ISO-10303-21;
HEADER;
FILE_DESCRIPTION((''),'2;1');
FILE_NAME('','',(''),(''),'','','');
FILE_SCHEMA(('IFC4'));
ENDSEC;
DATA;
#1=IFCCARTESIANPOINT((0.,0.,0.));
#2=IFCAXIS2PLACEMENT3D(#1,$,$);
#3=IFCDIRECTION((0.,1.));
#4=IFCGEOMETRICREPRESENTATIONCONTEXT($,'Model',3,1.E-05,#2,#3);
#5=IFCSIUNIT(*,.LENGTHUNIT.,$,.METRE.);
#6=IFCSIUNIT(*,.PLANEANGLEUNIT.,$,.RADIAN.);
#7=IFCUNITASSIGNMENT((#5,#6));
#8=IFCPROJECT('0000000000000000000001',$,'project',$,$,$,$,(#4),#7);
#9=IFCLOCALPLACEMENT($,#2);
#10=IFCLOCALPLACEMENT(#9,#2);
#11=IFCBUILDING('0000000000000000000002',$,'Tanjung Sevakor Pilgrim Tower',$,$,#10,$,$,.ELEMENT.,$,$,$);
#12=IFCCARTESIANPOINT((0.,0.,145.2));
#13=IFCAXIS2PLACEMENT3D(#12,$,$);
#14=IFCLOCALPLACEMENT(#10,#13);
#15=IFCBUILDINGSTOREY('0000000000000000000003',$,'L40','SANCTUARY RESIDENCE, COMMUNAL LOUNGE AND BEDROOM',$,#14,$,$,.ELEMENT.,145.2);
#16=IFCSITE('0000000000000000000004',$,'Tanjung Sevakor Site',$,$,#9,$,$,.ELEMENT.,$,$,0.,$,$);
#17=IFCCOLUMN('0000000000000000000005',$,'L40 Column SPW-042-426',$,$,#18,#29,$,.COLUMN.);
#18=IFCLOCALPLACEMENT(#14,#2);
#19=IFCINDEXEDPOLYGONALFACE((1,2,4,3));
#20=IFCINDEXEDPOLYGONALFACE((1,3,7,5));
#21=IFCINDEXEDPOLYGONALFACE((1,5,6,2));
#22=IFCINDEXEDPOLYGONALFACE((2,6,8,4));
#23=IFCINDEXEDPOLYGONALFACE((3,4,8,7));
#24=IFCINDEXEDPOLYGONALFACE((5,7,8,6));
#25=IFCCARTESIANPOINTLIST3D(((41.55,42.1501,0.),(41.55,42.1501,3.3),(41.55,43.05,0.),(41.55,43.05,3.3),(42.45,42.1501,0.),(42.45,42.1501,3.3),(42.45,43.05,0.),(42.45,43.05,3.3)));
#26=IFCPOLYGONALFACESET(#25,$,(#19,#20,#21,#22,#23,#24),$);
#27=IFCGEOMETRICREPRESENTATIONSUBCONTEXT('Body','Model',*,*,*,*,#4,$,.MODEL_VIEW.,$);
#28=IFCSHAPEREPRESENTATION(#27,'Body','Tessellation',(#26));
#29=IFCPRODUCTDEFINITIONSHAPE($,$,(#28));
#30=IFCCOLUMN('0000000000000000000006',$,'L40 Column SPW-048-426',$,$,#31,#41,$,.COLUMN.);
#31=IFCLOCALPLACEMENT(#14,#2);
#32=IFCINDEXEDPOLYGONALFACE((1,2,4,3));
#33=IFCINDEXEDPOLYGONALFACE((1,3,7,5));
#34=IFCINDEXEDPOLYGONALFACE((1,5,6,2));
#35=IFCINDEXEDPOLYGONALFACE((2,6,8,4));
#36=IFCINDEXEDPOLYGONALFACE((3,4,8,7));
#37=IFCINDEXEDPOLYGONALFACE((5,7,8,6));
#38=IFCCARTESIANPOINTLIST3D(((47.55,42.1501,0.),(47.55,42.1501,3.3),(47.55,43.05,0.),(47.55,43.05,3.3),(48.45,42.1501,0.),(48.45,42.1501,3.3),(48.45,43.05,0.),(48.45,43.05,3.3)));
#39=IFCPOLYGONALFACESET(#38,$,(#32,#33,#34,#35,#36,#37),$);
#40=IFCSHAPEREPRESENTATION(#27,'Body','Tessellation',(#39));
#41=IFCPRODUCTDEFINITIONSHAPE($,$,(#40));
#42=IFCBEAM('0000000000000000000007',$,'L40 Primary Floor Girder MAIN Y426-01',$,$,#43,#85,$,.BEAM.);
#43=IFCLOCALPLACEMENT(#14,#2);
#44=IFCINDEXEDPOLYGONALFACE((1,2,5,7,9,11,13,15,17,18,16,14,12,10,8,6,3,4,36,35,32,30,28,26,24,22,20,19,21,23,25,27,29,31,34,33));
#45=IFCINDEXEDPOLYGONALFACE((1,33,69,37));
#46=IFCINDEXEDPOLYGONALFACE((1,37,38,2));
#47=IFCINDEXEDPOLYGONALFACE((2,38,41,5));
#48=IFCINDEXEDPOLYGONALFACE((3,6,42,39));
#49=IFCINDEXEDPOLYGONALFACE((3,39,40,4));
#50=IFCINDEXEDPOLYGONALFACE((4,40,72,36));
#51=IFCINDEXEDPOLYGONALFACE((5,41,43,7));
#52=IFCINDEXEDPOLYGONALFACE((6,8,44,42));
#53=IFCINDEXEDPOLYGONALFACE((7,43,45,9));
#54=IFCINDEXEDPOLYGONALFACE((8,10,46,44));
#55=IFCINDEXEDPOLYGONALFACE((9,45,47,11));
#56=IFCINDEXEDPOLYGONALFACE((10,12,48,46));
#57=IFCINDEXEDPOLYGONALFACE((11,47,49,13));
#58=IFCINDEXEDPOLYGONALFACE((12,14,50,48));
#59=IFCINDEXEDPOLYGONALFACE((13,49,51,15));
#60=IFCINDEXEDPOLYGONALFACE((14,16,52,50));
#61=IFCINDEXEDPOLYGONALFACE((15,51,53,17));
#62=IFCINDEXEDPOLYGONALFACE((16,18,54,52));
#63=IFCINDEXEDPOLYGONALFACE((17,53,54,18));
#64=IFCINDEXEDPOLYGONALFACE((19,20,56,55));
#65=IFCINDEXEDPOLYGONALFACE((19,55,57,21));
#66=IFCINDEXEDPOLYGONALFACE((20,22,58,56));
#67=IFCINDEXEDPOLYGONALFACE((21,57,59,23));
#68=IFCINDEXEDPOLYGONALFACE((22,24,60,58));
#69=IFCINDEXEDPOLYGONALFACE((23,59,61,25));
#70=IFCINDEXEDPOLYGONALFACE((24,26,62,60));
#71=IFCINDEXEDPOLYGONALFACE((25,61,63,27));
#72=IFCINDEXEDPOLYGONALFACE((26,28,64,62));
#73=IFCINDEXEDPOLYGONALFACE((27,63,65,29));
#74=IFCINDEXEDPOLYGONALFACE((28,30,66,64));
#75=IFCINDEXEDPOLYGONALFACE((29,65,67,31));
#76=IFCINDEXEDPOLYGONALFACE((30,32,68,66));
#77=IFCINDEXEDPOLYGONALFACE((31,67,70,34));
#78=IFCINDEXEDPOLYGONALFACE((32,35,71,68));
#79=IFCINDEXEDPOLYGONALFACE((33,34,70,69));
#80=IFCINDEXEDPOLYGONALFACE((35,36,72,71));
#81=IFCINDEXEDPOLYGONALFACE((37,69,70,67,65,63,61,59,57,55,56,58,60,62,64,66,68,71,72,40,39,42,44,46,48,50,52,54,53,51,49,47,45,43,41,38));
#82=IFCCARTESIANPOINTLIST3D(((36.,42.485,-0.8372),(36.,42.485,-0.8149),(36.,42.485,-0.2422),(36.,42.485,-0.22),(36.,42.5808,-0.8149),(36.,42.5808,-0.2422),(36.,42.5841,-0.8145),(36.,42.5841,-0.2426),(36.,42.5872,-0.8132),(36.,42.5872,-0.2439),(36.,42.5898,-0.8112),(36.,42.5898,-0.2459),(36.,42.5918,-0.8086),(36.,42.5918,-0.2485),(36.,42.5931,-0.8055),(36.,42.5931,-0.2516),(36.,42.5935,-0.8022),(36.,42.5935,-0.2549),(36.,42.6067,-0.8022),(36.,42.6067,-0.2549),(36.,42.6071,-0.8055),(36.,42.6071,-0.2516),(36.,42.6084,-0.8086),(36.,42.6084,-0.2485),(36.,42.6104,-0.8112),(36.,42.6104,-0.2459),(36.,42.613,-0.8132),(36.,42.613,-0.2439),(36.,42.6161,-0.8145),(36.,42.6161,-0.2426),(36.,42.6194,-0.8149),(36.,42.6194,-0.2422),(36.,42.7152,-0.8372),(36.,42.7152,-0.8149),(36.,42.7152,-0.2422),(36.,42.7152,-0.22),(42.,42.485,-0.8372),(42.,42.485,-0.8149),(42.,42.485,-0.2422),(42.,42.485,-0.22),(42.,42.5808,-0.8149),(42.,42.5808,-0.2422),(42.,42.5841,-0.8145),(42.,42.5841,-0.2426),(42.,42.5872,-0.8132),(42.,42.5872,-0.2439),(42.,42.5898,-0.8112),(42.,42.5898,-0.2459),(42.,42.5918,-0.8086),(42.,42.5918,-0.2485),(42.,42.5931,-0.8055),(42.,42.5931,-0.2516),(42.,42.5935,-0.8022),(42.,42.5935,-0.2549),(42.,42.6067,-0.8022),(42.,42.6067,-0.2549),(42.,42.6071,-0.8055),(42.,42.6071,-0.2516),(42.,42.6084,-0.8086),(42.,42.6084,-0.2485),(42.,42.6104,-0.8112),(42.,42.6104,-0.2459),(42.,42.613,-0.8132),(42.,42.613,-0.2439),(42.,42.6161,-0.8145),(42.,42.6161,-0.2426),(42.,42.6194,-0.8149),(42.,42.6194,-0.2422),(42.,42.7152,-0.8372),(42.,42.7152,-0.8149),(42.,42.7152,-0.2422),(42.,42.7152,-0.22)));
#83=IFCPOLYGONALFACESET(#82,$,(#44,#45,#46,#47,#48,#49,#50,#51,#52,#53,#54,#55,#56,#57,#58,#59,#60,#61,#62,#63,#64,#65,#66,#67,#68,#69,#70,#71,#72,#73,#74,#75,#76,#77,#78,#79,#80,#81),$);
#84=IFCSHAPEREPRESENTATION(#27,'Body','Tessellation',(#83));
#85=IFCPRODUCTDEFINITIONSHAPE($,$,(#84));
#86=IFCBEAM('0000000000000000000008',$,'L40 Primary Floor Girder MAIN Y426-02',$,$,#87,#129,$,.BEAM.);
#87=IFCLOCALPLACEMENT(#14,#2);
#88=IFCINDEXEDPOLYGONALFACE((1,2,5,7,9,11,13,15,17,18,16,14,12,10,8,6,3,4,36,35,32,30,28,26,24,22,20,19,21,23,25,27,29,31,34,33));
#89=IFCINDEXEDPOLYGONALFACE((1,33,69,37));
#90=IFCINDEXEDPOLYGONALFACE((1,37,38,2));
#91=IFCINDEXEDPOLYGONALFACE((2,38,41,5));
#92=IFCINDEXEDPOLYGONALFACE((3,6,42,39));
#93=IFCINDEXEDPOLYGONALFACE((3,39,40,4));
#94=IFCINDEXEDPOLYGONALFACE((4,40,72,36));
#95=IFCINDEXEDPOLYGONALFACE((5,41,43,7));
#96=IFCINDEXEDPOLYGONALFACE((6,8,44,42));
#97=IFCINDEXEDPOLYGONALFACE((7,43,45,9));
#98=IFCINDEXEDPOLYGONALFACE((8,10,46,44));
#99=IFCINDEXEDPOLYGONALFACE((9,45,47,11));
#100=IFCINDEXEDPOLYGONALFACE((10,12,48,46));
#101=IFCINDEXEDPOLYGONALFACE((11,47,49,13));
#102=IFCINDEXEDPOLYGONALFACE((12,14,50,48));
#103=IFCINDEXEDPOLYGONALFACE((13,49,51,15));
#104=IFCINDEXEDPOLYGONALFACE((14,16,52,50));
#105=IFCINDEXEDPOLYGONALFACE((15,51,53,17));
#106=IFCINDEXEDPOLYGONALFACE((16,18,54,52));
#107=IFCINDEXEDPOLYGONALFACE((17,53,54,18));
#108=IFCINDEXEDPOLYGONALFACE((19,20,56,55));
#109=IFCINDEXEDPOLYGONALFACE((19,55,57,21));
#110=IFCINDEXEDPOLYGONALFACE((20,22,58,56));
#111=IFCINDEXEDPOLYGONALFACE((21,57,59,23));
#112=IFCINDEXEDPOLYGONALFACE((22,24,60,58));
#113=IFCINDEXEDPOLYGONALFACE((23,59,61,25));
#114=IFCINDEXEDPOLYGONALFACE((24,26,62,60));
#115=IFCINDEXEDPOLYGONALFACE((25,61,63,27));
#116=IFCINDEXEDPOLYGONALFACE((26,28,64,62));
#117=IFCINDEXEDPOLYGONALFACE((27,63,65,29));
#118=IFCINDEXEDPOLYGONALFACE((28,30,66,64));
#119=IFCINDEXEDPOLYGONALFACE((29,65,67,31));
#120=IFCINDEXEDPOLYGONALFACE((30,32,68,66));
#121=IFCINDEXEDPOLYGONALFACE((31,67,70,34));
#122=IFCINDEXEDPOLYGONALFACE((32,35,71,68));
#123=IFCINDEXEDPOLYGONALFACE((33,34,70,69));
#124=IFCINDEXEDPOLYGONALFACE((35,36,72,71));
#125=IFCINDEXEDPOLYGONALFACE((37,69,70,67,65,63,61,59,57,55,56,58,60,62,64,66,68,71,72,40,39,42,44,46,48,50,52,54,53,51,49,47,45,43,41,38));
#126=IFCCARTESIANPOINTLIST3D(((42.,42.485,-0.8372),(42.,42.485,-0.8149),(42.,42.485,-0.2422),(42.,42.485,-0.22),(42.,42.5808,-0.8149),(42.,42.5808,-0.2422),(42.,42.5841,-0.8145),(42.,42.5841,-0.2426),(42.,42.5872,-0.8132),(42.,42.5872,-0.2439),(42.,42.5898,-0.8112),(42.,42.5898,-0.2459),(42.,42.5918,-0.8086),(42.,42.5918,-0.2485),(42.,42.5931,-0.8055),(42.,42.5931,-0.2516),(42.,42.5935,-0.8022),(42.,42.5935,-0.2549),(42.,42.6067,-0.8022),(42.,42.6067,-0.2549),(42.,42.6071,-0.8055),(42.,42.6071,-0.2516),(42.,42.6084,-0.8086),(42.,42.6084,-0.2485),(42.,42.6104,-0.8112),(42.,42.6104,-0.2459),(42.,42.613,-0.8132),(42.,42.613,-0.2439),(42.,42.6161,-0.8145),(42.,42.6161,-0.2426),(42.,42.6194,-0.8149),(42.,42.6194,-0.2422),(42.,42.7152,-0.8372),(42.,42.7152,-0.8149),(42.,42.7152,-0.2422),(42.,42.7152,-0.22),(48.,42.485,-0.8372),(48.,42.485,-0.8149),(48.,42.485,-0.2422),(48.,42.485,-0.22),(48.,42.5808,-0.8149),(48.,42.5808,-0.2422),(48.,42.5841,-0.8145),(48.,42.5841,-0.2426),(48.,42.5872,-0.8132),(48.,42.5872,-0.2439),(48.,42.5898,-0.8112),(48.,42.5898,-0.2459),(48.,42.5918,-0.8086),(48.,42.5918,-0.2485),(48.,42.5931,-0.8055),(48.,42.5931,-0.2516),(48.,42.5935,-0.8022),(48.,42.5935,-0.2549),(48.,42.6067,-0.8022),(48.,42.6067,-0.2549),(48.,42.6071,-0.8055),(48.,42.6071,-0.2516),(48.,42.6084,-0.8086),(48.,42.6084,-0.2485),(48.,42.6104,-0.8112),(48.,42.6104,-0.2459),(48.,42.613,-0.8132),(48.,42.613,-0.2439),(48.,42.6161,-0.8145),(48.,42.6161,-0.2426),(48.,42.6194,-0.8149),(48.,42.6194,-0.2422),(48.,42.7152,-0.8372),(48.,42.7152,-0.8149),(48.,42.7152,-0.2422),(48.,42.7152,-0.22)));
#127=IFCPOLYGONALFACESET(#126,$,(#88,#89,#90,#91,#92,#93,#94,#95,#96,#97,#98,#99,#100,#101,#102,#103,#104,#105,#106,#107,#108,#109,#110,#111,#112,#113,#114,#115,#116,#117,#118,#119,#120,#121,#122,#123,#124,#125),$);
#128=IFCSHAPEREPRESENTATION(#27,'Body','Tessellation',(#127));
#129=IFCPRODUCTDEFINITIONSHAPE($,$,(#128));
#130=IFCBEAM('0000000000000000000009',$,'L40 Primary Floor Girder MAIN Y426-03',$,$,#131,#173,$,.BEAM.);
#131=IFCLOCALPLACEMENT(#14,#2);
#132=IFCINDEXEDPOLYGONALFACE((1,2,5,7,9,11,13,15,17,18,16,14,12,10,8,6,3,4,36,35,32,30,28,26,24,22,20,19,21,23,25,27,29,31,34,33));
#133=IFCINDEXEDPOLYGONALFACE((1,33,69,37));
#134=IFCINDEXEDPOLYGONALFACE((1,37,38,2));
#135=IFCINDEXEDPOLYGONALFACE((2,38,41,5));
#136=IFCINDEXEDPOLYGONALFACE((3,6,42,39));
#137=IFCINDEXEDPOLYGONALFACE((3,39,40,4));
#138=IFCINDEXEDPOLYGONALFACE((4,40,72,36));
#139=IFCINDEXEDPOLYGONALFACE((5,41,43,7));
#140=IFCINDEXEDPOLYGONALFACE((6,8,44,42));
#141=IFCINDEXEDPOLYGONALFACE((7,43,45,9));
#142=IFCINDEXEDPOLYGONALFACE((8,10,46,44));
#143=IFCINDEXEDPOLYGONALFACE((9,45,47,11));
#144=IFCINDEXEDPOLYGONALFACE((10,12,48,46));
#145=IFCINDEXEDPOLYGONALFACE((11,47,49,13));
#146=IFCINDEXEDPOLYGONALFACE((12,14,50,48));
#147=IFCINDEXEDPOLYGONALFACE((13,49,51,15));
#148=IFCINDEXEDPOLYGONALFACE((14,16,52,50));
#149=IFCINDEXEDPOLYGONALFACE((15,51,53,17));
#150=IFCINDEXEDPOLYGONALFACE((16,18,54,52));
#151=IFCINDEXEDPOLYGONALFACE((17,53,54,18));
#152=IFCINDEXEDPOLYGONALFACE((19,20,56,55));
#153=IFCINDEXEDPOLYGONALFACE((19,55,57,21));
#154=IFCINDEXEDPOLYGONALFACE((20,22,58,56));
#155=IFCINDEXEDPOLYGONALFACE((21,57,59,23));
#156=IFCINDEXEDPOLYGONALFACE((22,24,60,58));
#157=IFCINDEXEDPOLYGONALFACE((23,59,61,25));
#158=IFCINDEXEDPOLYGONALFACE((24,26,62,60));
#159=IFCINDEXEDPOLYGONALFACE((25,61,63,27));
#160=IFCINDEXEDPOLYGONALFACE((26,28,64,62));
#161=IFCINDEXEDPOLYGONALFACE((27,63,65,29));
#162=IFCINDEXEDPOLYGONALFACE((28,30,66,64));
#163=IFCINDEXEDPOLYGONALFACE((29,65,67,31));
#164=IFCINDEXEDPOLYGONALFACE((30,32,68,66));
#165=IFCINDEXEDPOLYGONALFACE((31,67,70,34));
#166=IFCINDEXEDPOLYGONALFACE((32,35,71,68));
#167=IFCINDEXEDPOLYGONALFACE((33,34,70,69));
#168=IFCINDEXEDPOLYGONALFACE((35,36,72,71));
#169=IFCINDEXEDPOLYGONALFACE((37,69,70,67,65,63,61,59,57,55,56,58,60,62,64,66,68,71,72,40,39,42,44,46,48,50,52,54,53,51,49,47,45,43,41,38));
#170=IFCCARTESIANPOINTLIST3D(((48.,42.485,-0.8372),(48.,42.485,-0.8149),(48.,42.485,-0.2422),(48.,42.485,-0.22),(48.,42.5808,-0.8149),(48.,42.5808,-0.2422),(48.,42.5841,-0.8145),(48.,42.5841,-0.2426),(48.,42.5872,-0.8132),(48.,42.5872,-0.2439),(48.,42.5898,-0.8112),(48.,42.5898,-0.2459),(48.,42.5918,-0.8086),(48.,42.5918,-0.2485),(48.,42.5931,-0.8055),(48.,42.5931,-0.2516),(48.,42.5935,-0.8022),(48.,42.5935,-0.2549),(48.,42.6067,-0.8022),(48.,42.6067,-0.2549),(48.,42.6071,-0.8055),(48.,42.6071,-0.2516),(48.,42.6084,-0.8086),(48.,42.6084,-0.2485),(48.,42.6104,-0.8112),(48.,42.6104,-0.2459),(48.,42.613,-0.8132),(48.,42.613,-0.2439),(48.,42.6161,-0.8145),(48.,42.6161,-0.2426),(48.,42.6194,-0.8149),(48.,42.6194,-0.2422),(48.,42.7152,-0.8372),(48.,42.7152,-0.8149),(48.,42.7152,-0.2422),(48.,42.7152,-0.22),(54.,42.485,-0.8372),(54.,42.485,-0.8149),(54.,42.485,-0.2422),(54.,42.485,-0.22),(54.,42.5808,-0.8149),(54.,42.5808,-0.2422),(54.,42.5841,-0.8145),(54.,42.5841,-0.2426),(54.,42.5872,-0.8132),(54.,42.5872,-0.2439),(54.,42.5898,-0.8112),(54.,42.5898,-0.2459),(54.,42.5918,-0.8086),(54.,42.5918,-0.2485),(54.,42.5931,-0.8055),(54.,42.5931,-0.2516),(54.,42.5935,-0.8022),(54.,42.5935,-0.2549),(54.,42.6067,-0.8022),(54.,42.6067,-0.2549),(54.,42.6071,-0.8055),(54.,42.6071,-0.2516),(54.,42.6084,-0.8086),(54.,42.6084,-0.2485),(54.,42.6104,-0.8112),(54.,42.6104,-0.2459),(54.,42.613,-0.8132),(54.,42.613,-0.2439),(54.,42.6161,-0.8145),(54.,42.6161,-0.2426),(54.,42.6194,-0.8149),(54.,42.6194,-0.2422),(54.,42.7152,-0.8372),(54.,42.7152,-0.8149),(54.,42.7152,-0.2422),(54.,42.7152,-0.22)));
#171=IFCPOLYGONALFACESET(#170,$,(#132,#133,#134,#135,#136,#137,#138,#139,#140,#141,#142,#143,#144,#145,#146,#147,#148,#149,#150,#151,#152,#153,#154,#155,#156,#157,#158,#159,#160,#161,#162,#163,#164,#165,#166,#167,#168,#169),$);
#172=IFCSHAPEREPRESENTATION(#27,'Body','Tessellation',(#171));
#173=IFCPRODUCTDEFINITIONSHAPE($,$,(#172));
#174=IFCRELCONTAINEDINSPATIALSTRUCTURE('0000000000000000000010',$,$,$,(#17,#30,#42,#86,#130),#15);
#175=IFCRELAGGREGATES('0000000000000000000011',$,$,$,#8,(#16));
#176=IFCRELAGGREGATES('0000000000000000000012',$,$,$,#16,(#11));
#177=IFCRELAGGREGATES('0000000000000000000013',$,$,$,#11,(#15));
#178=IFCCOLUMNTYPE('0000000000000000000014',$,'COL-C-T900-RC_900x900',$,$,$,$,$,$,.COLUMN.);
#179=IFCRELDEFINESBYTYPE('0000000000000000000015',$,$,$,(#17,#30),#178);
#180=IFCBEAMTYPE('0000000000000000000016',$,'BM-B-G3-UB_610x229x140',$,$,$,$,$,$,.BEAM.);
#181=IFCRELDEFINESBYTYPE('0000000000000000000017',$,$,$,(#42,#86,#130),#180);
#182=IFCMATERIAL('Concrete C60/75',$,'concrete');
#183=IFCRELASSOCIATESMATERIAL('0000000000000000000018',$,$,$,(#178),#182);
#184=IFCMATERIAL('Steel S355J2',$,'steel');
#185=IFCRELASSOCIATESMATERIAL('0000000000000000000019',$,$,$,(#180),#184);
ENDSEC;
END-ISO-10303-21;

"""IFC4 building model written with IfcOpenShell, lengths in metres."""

from ifc_helpers import new_model, si_unit, direction, frame, origin, origin_2d, place, context, subcontext, project, spatial, rectangle, i_section, extrude, material, material_profile, profile_set, type_object, element, save


model = new_model("IFC4")

# Units and contexts
model_context = context("Model", 3, precision=1e-05, world=origin(), true_north=direction((0.0, 1.0)))
body_context = subcontext(model_context, "Body", "Model", "MODEL_VIEW")
ifc_project = project(units=[si_unit("LENGTHUNIT", "METRE"), si_unit("PLANEANGLEUNIT", "RADIAN")], contexts=[model_context])

# Site, building, storey
site_placement = place(None, origin())
site = spatial("IfcSite", under=ifc_project, at=site_placement, Name="Tanjung Sevakor Site", CompositionType="ELEMENT", RefElevation=0.0)
building_placement = place(site_placement, origin())
building = spatial("IfcBuilding", under=site, at=building_placement, Name="Tanjung Sevakor Pilgrim Tower", CompositionType="ELEMENT")
storey_placement = place(building_placement, frame((0.0, 0.0, 145.2)))
storey = spatial("IfcBuildingStorey", under=building, at=storey_placement, Name="L40", Description="SANCTUARY RESIDENCE, COMMUNAL LOUNGE AND BEDROOM", CompositionType="ELEMENT", Elevation=145.2)

# Columns
ifc_material_1 = material(Name="Concrete C60/75", Category="concrete")
ifc_material_profile_1 = material_profile(ifc_material_1, rectangle(XDim=0.8999, YDim=0.8999, at=origin_2d()))
ifc_profile_set_1 = profile_set([ifc_material_profile_1], Name="Concrete C60/75")
column_type = type_object("IfcColumnType", Name="COL-C-T900-RC_900x900", PredefinedType="COLUMN", material=ifc_profile_set_1)
for number, where, z_axis, x_axis, name in (
    (1, (42.0, 42.6001, 0.0), (0.0, 0.0, 1.0), (1.0, 0.0, 0.0), "L40 Column SPW-042-426"),
    (2, (48.0, 42.6001, 0.0), (0.0, 0.0, 1.0), (1.0, 0.0, 0.0), "L40 Column SPW-048-426"),
):
    element("IfcColumn", number, at=place(storey_placement, frame(where, z_axis=z_axis, x_axis=x_axis)), inside=storey, type_object=column_type, Name=name, PredefinedType="COLUMN", context=body_context, shape_type="SweptSolid", body=[
        extrude(rectangle(XDim=0.8999, YDim=0.8999, at=origin_2d()), origin(), (0.0, 0.0, 1.0), 3.3),
    ])

# Beams
ifc_material_2 = material(Name="Steel S355J2", Category="steel")
ifc_material_profile_2 = material_profile(ifc_material_2, i_section(OverallWidth=0.2302, OverallDepth=0.6172, WebThickness=0.0132, FlangeThickness=0.0222, FilletRadius=0.0127, at=origin_2d()))
ifc_profile_set_2 = profile_set([ifc_material_profile_2], Name="Steel S355J2")
beam_type_1 = type_object("IfcBeamType", Name="BM-B-G3-UB_610x229x140", PredefinedType="BEAM", material=ifc_profile_set_2)
for number, where, z_axis, x_axis, name in (
    (3, (36.0, 42.6001, -0.5286), (1.0, 0.0, 0.0), (0.0, 1.0, 0.0), "L40 Primary Floor Girder MAIN Y426-01"),
    (4, (42.0, 42.6001, -0.5286), (1.0, 0.0, 0.0), (0.0, 1.0, 0.0), "L40 Primary Floor Girder MAIN Y426-02"),
    (5, (48.0, 42.6001, -0.5286), (1.0, 0.0, 0.0), (0.0, 1.0, 0.0), "L40 Primary Floor Girder MAIN Y426-03"),
):
    element("IfcBeam", number, at=place(storey_placement, frame(where, z_axis=z_axis, x_axis=x_axis)), inside=storey, type_object=beam_type_1, Name=name, PredefinedType="BEAM", context=body_context, shape_type="SweptSolid", body=[
        extrude(i_section(OverallWidth=0.2302, OverallDepth=0.6172, WebThickness=0.0132, FlangeThickness=0.0222, FilletRadius=0.0127, at=origin_2d()), origin(), (0.0, 0.0, 1.0), 6.0),
    ])

save(model, "model.ifc")
